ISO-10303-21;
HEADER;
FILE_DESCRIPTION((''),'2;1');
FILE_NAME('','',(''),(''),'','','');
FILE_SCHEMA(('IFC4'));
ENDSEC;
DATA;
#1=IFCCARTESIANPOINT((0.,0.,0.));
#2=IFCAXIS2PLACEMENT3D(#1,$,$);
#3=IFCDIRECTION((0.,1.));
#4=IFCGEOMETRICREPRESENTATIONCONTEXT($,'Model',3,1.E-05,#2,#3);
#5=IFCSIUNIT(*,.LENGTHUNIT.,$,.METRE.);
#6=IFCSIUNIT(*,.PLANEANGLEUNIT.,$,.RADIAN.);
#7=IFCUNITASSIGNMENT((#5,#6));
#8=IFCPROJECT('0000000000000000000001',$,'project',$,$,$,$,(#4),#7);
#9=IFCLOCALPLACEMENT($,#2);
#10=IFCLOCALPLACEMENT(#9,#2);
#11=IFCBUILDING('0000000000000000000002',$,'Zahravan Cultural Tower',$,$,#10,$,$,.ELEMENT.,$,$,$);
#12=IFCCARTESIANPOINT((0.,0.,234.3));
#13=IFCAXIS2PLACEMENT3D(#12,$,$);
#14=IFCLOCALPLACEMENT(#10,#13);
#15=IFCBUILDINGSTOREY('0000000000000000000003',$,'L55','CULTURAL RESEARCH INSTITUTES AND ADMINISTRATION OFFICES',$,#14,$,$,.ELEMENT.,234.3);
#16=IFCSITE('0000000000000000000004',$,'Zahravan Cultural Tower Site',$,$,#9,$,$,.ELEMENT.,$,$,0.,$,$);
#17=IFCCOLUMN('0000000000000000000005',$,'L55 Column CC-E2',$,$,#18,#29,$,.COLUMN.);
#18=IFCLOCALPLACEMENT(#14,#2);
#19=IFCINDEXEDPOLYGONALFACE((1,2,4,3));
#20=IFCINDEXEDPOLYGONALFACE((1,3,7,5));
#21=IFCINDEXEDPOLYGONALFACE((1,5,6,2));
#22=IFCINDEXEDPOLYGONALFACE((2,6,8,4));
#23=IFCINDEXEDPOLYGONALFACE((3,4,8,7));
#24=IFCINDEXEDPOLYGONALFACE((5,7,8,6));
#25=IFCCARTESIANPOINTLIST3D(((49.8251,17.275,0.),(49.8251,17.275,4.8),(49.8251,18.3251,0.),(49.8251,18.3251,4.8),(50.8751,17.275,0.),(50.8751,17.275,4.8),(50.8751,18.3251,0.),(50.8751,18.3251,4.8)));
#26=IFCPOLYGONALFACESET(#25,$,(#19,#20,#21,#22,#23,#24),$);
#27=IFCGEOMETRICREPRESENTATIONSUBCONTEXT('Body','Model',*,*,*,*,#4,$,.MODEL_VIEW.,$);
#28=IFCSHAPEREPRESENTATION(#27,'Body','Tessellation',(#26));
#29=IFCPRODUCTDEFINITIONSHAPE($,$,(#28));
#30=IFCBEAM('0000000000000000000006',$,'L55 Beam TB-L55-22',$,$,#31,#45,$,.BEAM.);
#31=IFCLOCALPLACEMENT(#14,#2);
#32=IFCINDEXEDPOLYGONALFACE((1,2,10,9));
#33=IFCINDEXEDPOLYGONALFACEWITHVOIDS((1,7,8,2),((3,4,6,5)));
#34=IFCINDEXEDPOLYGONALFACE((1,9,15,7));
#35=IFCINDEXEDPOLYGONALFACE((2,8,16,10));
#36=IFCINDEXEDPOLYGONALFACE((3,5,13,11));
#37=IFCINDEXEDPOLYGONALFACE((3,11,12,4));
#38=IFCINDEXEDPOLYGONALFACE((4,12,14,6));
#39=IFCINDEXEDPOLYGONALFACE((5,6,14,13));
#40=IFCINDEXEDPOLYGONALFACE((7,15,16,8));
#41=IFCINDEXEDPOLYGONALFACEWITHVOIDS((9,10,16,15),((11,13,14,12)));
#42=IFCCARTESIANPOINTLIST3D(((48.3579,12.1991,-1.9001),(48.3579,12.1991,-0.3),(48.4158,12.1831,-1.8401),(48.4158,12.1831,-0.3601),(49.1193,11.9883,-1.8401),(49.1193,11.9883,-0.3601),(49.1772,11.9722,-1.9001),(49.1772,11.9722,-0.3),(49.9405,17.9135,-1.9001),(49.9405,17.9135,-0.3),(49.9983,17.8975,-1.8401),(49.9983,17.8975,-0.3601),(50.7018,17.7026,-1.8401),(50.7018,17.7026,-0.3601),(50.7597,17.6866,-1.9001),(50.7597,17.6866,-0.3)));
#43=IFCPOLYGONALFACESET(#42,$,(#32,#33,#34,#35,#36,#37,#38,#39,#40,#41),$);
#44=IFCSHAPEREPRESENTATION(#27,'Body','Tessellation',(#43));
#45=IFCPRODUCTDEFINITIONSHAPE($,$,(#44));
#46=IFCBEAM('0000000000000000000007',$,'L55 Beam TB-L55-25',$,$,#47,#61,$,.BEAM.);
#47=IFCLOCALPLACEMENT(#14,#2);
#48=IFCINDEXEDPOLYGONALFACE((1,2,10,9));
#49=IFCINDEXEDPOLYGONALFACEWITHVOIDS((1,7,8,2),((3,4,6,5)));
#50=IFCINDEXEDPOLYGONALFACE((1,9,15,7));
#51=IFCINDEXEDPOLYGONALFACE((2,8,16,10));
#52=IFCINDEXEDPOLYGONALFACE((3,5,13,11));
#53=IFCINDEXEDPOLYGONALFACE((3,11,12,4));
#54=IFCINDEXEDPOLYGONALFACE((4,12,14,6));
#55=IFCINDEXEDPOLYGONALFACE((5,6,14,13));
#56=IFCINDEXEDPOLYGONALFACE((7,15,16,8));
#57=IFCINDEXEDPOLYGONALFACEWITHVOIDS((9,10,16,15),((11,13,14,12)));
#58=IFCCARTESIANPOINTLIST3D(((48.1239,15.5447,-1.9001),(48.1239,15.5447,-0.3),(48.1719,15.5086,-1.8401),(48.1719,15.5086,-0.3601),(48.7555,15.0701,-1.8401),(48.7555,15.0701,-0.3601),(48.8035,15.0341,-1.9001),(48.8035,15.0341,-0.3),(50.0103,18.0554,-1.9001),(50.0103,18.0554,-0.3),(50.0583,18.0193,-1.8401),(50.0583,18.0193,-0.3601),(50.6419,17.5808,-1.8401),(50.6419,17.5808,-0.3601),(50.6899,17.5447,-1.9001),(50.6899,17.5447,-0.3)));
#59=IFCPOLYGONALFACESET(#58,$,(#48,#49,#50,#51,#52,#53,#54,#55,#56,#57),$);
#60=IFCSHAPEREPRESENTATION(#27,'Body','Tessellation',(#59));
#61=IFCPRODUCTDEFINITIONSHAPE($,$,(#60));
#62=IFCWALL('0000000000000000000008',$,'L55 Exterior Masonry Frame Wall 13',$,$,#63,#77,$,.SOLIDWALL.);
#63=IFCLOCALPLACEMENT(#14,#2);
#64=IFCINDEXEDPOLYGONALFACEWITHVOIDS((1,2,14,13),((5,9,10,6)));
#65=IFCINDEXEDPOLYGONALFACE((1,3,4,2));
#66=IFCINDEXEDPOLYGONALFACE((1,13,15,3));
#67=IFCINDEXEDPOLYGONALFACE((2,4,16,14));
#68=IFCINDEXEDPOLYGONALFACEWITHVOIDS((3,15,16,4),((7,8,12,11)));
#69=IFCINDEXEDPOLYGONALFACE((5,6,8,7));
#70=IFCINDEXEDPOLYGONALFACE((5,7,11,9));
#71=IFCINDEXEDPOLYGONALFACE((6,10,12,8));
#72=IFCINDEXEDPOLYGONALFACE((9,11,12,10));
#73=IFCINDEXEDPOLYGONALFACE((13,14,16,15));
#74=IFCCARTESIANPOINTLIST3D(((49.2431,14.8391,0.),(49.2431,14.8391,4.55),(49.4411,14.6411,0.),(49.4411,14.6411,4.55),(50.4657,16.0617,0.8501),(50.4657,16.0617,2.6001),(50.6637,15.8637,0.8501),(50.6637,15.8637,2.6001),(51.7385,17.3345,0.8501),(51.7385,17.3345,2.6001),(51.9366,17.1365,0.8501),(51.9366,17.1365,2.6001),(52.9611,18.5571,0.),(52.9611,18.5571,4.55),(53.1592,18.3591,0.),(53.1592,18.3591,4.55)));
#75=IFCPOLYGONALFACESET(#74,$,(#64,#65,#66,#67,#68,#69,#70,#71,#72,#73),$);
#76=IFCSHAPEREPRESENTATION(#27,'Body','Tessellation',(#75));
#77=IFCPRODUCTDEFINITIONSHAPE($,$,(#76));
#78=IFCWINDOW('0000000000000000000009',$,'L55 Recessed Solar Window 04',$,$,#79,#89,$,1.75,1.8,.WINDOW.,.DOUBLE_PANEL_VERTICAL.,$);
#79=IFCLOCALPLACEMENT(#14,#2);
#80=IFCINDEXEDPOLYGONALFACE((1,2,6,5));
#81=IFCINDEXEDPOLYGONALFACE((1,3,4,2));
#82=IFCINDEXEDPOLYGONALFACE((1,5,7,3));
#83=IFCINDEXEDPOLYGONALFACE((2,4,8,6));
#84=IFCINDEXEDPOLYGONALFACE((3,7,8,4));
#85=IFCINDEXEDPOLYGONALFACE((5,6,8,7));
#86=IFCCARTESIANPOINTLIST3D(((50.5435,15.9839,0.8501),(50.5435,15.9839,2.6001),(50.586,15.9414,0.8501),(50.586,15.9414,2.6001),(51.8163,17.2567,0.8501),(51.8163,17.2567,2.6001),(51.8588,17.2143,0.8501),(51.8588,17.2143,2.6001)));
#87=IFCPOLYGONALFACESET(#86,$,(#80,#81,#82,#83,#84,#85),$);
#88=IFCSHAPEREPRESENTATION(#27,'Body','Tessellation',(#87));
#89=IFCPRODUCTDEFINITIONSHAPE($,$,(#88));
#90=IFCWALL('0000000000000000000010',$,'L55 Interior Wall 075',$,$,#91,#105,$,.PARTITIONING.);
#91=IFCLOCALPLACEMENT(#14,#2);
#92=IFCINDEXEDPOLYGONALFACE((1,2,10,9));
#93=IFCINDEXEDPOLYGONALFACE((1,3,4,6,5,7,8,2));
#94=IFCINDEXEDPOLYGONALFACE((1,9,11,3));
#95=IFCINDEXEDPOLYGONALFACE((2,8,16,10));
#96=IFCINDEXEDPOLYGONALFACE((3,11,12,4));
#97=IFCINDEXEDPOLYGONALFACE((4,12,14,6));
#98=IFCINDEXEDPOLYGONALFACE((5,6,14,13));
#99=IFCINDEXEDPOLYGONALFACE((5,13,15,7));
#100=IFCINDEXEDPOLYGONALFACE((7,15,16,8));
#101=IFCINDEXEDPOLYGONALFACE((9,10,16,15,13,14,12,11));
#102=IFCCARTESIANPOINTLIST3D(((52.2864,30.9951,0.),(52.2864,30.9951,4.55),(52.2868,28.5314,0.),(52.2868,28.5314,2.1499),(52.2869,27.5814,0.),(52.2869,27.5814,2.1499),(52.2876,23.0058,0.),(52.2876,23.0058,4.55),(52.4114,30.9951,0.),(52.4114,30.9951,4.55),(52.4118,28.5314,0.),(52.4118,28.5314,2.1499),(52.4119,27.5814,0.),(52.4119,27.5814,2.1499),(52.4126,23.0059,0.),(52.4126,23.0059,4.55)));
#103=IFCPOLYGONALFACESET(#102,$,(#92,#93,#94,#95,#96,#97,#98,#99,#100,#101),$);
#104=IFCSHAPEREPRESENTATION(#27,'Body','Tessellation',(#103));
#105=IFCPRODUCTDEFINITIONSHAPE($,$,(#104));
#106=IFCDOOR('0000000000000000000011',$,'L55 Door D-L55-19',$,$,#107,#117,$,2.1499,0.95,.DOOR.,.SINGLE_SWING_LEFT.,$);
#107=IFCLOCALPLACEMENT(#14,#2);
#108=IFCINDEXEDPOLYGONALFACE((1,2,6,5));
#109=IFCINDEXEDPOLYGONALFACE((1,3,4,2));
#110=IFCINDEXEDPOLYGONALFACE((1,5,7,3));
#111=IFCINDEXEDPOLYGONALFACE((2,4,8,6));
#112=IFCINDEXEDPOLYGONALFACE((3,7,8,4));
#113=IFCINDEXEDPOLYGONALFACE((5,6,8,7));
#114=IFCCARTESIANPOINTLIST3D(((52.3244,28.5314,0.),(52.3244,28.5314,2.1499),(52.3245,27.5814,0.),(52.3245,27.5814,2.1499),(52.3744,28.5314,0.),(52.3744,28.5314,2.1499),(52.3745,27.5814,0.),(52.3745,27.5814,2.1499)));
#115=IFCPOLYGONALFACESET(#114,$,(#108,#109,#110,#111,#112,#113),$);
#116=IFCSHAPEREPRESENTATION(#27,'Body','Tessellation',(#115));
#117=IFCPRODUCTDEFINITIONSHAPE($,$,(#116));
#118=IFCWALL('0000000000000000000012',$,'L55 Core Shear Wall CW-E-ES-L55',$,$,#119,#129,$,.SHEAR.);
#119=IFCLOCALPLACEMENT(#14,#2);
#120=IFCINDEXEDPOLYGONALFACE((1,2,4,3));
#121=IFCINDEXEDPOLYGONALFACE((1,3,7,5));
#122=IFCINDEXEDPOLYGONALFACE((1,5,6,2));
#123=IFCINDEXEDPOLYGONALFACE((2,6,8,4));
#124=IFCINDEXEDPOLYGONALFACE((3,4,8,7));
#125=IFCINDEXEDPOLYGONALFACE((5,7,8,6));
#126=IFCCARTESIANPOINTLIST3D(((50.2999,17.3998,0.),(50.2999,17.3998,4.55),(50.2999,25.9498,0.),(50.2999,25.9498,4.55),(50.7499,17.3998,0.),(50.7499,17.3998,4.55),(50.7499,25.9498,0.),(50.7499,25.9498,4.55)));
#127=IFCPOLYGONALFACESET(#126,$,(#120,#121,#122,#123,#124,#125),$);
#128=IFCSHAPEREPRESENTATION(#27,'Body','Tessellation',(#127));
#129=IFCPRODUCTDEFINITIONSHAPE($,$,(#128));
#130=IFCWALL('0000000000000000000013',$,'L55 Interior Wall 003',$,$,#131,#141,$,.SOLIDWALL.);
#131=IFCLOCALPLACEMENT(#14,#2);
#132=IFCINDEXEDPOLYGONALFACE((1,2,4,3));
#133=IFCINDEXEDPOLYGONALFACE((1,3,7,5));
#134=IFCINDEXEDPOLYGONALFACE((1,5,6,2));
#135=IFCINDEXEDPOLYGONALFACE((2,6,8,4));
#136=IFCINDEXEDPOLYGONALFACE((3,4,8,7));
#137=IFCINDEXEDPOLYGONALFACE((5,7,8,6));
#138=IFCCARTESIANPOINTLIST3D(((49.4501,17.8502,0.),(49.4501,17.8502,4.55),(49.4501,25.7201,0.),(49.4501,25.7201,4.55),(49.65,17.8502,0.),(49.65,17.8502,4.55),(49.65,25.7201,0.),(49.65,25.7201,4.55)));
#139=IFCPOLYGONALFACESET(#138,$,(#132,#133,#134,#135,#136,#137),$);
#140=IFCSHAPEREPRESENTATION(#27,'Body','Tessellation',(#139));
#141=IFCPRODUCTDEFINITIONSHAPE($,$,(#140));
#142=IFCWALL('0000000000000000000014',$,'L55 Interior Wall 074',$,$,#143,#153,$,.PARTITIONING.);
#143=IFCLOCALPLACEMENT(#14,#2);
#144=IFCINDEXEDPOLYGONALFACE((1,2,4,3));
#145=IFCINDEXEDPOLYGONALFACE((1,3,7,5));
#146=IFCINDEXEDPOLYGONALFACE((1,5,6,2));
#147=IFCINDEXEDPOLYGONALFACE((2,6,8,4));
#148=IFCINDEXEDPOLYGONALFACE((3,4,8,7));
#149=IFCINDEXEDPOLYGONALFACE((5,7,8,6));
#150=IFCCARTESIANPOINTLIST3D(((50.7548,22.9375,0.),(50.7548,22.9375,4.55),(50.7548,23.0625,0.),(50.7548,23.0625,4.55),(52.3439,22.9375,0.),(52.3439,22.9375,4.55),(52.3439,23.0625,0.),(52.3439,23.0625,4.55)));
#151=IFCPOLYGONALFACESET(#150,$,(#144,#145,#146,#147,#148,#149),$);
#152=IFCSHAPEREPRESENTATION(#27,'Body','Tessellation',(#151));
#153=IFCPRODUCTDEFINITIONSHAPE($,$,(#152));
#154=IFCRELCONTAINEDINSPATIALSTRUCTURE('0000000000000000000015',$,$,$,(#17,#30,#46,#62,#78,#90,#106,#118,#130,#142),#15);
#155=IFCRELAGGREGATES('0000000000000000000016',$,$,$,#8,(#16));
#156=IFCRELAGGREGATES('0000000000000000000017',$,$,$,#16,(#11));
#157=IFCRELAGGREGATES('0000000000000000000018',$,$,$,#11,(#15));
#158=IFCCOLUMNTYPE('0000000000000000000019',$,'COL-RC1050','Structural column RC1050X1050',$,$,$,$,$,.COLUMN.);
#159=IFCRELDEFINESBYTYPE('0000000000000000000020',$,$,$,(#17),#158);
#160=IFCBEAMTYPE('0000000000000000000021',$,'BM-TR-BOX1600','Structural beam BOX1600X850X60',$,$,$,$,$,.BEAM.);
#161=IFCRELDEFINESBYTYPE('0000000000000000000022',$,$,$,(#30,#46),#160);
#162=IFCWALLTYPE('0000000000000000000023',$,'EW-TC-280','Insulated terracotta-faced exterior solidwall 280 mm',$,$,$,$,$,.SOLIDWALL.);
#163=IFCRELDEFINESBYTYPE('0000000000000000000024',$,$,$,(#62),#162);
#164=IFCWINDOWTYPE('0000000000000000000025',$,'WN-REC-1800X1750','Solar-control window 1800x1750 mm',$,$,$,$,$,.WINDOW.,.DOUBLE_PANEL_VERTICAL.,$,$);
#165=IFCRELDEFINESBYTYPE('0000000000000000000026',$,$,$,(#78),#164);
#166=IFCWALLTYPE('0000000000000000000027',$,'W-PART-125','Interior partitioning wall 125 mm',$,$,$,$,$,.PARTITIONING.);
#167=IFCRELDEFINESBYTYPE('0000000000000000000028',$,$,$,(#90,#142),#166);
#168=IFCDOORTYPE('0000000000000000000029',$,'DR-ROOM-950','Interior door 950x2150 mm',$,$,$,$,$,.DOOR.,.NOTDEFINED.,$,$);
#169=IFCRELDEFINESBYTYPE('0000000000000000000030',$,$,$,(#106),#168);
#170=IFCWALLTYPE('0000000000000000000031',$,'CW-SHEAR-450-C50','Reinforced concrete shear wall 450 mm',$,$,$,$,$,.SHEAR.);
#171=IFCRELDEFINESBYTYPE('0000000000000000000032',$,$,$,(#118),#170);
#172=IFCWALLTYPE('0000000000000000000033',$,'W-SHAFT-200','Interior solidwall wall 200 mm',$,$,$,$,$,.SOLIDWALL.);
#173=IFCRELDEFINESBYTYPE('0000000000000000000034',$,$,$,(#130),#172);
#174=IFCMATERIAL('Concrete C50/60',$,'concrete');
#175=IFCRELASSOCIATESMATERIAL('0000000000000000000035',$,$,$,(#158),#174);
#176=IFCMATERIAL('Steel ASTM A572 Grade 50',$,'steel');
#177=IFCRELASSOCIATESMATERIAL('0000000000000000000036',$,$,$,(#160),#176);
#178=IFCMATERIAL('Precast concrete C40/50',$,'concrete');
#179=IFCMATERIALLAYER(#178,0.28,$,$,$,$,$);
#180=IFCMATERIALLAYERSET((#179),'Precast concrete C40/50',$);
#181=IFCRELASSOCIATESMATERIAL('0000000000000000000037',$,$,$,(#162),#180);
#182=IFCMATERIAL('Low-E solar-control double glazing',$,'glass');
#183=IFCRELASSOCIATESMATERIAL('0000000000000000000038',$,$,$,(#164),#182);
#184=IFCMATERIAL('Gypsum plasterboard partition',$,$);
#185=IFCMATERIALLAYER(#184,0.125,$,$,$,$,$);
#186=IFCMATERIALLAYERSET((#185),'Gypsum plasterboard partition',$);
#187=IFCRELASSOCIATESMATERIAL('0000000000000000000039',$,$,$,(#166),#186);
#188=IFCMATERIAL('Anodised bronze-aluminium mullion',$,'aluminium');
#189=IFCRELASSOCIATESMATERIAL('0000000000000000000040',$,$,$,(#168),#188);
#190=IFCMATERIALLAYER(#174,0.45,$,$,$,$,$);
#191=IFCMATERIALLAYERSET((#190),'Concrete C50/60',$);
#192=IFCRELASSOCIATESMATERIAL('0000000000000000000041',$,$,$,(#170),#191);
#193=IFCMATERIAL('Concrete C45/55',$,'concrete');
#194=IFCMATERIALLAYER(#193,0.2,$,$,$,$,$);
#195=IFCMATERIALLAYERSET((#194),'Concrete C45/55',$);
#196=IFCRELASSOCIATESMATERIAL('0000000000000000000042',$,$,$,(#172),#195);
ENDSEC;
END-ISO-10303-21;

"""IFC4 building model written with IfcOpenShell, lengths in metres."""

from ifc_helpers import new_model, si_unit, direction, frame, frame_2d, origin, origin_2d, place, context, subcontext, project, spatial, rectangle, hollow_rectangle, extrude, source, transform, mapped, material, layer, layer_set, material_profile, profile_set, type_object, element, fill, save


model = new_model("IFC4")

# Units and contexts
model_context = context("Model", 3, precision=1e-05, world=origin(), true_north=direction((0.0, 1.0)))
body_context = subcontext(model_context, "Body", "Model", "MODEL_VIEW")
ifc_project = project(units=[si_unit("LENGTHUNIT", "METRE"), si_unit("PLANEANGLEUNIT", "RADIAN")], contexts=[model_context])

# Site, building, storey
site_placement = place(None, origin())
site = spatial("IfcSite", under=ifc_project, at=site_placement, Name="Zahravan Cultural Tower Site", CompositionType="ELEMENT", RefElevation=0.0)
building_placement = place(site_placement, origin())
building = spatial("IfcBuilding", under=site, at=building_placement, Name="Zahravan Cultural Tower", CompositionType="ELEMENT")
storey_placement = place(building_placement, frame((0.0, 0.0, 234.3)))
storey = spatial("IfcBuildingStorey", under=building, at=storey_placement, Name="L55", Description="CULTURAL RESEARCH INSTITUTES AND ADMINISTRATION OFFICES", CompositionType="ELEMENT", Elevation=234.3)

# Column
ifc_material_1 = material(Name="Concrete C50/60", Category="concrete")
ifc_material_profile_1 = material_profile(ifc_material_1, rectangle(XDim=1.05, YDim=1.05, at=origin_2d()), Name="RC1050X1050")
ifc_profile_set_1 = profile_set([ifc_material_profile_1], Name="Concrete C50/60")
column_type = type_object("IfcColumnType", Name="COL-RC1050", Description="Structural column RC1050X1050", PredefinedType="COLUMN", material=ifc_profile_set_1)
shared_shape_1 = source(origin(), body_context, "Body", "SweptSolid", [
    extrude(rectangle(XDim=1.05, YDim=1.05, at=origin_2d()), origin(), (0.0, 0.0, 1.0), 4.8),
])
column_placement = place(storey_placement, frame((50.3501, 17.8, 0.0), z_axis=(0.0, 0.0, 1.0), x_axis=(1.0, 0.0, 0.0)))
element("IfcColumn", 1, at=column_placement, inside=storey, type_object=column_type, Name="L55 Column CC-E2", PredefinedType="COLUMN", context=body_context, shape_type="MappedRepresentation", body=[
    mapped(shared_shape_1, transform((0.0, 0.0, 0.0), x_axis=(1.0, 0.0, 0.0), y_axis=(0.0, 1.0, 0.0), z_axis=(0.0, 0.0, 1.0), scale=1.0)),
])

# Beams
ifc_material_2 = material(Name="Steel ASTM A572 Grade 50", Category="steel")
ifc_material_profile_2 = material_profile(ifc_material_2, hollow_rectangle(XDim=0.8501, YDim=1.6001, WallThickness=0.0601, at=origin_2d()), Name="BOX1600X850X60")
ifc_profile_set_2 = profile_set([ifc_material_profile_2], Name="Steel ASTM A572 Grade 50")
beam_type = type_object("IfcBeamType", Name="BM-TR-BOX1600", Description="Structural beam BOX1600X850X60", PredefinedType="BEAM", material=ifc_profile_set_2)
shared_shape_2 = source(origin(), body_context, "Body", "SweptSolid", [
    extrude(hollow_rectangle(XDim=0.8501, YDim=1.6001, WallThickness=0.0601, at=origin_2d()), origin(), (0.0, 0.0, 1.0), 5.9294),
])
beam_1_placement = place(storey_placement, frame((50.3501, 17.8, -1.1001), z_axis=(-0.266892, -0.963726, 0.0), x_axis=(0.963726, -0.266892, 0.0)))
element("IfcBeam", 2, at=beam_1_placement, inside=storey, type_object=beam_type, Name="L55 Beam TB-L55-22", PredefinedType="BEAM", context=body_context, shape_type="MappedRepresentation", body=[
    mapped(shared_shape_2, transform((0.0, 0.0, 0.0), x_axis=(1.0, 0.0, 0.0), y_axis=(0.0, 1.0, 0.0), z_axis=(0.0, 0.0, 1.0), scale=1.0)),
])
shared_shape_3 = source(origin(), body_context, "Body", "SweptSolid", [
    extrude(hollow_rectangle(XDim=0.8501, YDim=1.6001, WallThickness=0.0601, at=origin_2d()), origin(), (0.0, 0.0, 1.0), 3.1404),
])
beam_2_placement = place(storey_placement, frame((50.3501, 17.8, -1.1001), z_axis=(-0.600696, -0.799477, 0.0), x_axis=(0.799477, -0.600696, 0.0)))
element("IfcBeam", 3, at=beam_2_placement, inside=storey, type_object=beam_type, Name="L55 Beam TB-L55-25", PredefinedType="BEAM", context=body_context, shape_type="MappedRepresentation", body=[
    mapped(shared_shape_3, transform((0.0, 0.0, 0.0), x_axis=(1.0, 0.0, 0.0), y_axis=(0.0, 1.0, 0.0), z_axis=(0.0, 0.0, 1.0), scale=1.0)),
])

# Wall, opening, window
ifc_material_3 = material(Name="Precast concrete C40/50", Category="concrete")
ifc_layer_1 = layer(ifc_material_3, 0.28)
ifc_layer_set_1 = layer_set([ifc_layer_1], Name="Precast concrete C40/50")
wall_type_1 = type_object("IfcWallType", Name="EW-TC-280", Description="Insulated terracotta-faced exterior solidwall 280 mm", PredefinedType="SOLIDWALL", material=ifc_layer_set_1)
wall_1_placement = place(storey_placement, frame((53.0601, 18.458, 0.0), z_axis=(0.0, 0.0, 1.0), x_axis=(-0.707107, -0.707107, 0.0)))
wall_1 = element("IfcWall", 4, at=wall_1_placement, inside=storey, type_object=wall_type_1, Name="L55 Exterior Masonry Frame Wall 13", PredefinedType="SOLIDWALL", context=body_context, shape_type="SweptSolid", body=[
    extrude(rectangle(XDim=5.2581, YDim=0.28, at=frame_2d((2.6289, 0.0))), origin(), (0.0, 0.0, 1.0), 4.55),
])
opening_1_placement = place(wall_1_placement, frame((1.729, 0.0, 0.8501)))
opening_1 = element("IfcOpeningElement", 5, at=opening_1_placement, cuts=wall_1, PredefinedType="OPENING", context=body_context, shape_type="SweptSolid", body=[
    extrude(rectangle(XDim=1.8, YDim=1.75, at=frame_2d((0.8999, 0.875))), frame((0.0, 0.1499, 0.0), z_axis=(0.0, -1.0, 0.0), x_axis=(1.0, 0.0, 0.0)), (0.0, 0.0, 1.0), 0.3),
])
ifc_material_4 = material(Name="Low-E solar-control double glazing", Category="glass")
window_type = type_object("IfcWindowType", Name="WN-REC-1800X1750", Description="Solar-control window 1800x1750 mm", PartitioningType="DOUBLE_PANEL_VERTICAL", PredefinedType="WINDOW", material=ifc_material_4)
shared_shape_4 = source(origin(), body_context, "Body", "SweptSolid", [
    extrude(rectangle(XDim=1.8, YDim=1.75, at=frame_2d((0.8999, 0.875))), frame((0.0, 0.03, 0.0), z_axis=(0.0, -1.0, 0.0), x_axis=(1.0, 0.0, 0.0)), (0.0, 0.0, 1.0), 0.0601),
])
window_placement = place(opening_1_placement, origin())
window = element("IfcWindow", 6, at=window_placement, inside=storey, type_object=window_type, Name="L55 Recessed Solar Window 04", OverallHeight=1.75, OverallWidth=1.8, PartitioningType="DOUBLE_PANEL_VERTICAL", PredefinedType="WINDOW", context=body_context, shape_type="MappedRepresentation", body=[
    mapped(shared_shape_4, transform((0.0, 0.0, 0.0), x_axis=(1.0, 0.0, 0.0), y_axis=(0.0, 1.0, 0.0), z_axis=(0.0, 0.0, 1.0), scale=1.0)),
])
fill(opening_1, window)

# Wall, opening, door
ifc_material_5 = material(Name="Gypsum plasterboard partition")
ifc_layer_2 = layer(ifc_material_5, 0.125)
ifc_layer_set_2 = layer_set([ifc_layer_2], Name="Gypsum plasterboard partition")
wall_type_2 = type_object("IfcWallType", Name="W-PART-125", Description="Interior partitioning wall 125 mm", PredefinedType="PARTITIONING", material=ifc_layer_set_2)
wall_2_placement = place(storey_placement, frame((52.3501, 23.0059, 0.0), z_axis=(0.0, 0.0, 1.0), x_axis=(-0.000153, 1.0, 0.0)))
wall_2 = element("IfcWall", 7, at=wall_2_placement, inside=storey, type_object=wall_type_2, Name="L55 Interior Wall 075", PredefinedType="PARTITIONING", context=body_context, shape_type="SweptSolid", body=[
    extrude(rectangle(XDim=7.9893, YDim=0.125, at=frame_2d((3.9946, 0.0))), origin(), (0.0, 0.0, 1.0), 4.55),
])
opening_2_placement = place(wall_2_placement, frame((4.5754, 0.0, 0.0)))
opening_2 = element("IfcOpeningElement", 8, at=opening_2_placement, cuts=wall_2, PredefinedType="OPENING", context=body_context, shape_type="SweptSolid", body=[
    extrude(rectangle(XDim=0.95, YDim=2.1499, at=frame_2d((0.4751, 1.075))), frame((0.0, 0.0725, 0.0), z_axis=(0.0, -1.0, 0.0), x_axis=(1.0, 0.0, 0.0)), (0.0, 0.0, 1.0), 0.145),
])
ifc_material_6 = material(Name="Anodised bronze-aluminium mullion", Category="aluminium")
door_type = type_object("IfcDoorType", Name="DR-ROOM-950", Description="Interior door 950x2150 mm", OperationType="NOTDEFINED", PredefinedType="DOOR", material=ifc_material_6)
shared_shape_5 = source(origin(), body_context, "Body", "SweptSolid", [
    extrude(rectangle(XDim=0.95, YDim=2.1499, at=frame_2d((0.4751, 1.075))), frame((0.0, 0.0249, 0.0), z_axis=(0.0, -1.0, 0.0), x_axis=(1.0, 0.0, 0.0)), (0.0, 0.0, 1.0), 0.05),
])
door_placement = place(opening_2_placement, origin())
door = element("IfcDoor", 9, at=door_placement, inside=storey, type_object=door_type, Name="L55 Door D-L55-19", OperationType="SINGLE_SWING_LEFT", OverallHeight=2.1499, OverallWidth=0.95, PredefinedType="DOOR", context=body_context, shape_type="MappedRepresentation", body=[
    mapped(shared_shape_5, transform((0.0, 0.0, 0.0), x_axis=(1.0, 0.0, 0.0), y_axis=(0.0, 1.0, 0.0), z_axis=(0.0, 0.0, 1.0), scale=1.0)),
])
fill(opening_2, door)

# Walls
ifc_layer_3 = layer(ifc_material_1, 0.45)
ifc_layer_set_3 = layer_set([ifc_layer_3], Name="Concrete C50/60")
wall_type_3 = type_object("IfcWallType", Name="CW-SHEAR-450-C50", Description="Reinforced concrete shear wall 450 mm", PredefinedType="SHEAR", material=ifc_layer_set_3)
shared_shape_6 = source(origin(), body_context, "Body", "SweptSolid", [
    extrude(rectangle(XDim=8.55, YDim=0.45, at=frame_2d((4.2749, 0.0))), origin(), (0.0, 0.0, 1.0), 4.55),
])
wall_3_placement = place(storey_placement, frame((50.5249, 17.3999, 0.0), z_axis=(0.0, 0.0, 1.0), x_axis=(0.0, 1.0, 0.0)))
element("IfcWall", 10, at=wall_3_placement, inside=storey, type_object=wall_type_3, Name="L55 Core Shear Wall CW-E-ES-L55", PredefinedType="SHEAR", context=body_context, shape_type="MappedRepresentation", body=[
    mapped(shared_shape_6, transform((0.0, 0.0, 0.0), x_axis=(1.0, 0.0, 0.0), y_axis=(0.0, 1.0, 0.0), z_axis=(0.0, 0.0, 1.0), scale=1.0)),
])
ifc_material_7 = material(Name="Concrete C45/55", Category="concrete")
ifc_layer_4 = layer(ifc_material_7, 0.2)
ifc_layer_set_4 = layer_set([ifc_layer_4], Name="Concrete C45/55")
wall_type_4 = type_object("IfcWallType", Name="W-SHAFT-200", Description="Interior solidwall wall 200 mm", PredefinedType="SOLIDWALL", material=ifc_layer_set_4)
shared_shape_7 = source(origin(), body_context, "Body", "SweptSolid", [
    extrude(rectangle(XDim=7.8699, YDim=0.2, at=frame_2d((3.9351, 0.0))), origin(), (0.0, 0.0, 1.0), 4.55),
])
wall_4_placement = place(storey_placement, frame((49.55, 17.8501, 0.0), z_axis=(0.0, 0.0, 1.0), x_axis=(0.0, 1.0, 0.0)))
element("IfcWall", 11, at=wall_4_placement, inside=storey, type_object=wall_type_4, Name="L55 Interior Wall 003", PredefinedType="SOLIDWALL", context=body_context, shape_type="MappedRepresentation", body=[
    mapped(shared_shape_7, transform((0.0, 0.0, 0.0), x_axis=(1.0, 0.0, 0.0), y_axis=(0.0, 1.0, 0.0), z_axis=(0.0, 0.0, 1.0), scale=1.0)),
])
shared_shape_8 = source(origin(), body_context, "Body", "SweptSolid", [
    extrude(rectangle(XDim=1.5891, YDim=0.125, at=frame_2d((0.7944, 0.0))), origin(), (0.0, 0.0, 1.0), 4.55),
])
wall_5_placement = place(storey_placement, frame((50.7549, 23.0, 0.0), z_axis=(0.0, 0.0, 1.0), x_axis=(1.0, 0.0, 0.0)))
element("IfcWall", 12, at=wall_5_placement, inside=storey, type_object=wall_type_2, Name="L55 Interior Wall 074", PredefinedType="PARTITIONING", context=body_context, shape_type="MappedRepresentation", body=[
    mapped(shared_shape_8, transform((0.0, 0.0, 0.0), x_axis=(1.0, 0.0, 0.0), y_axis=(0.0, 1.0, 0.0), z_axis=(0.0, 0.0, 1.0), scale=1.0)),
])

save(model, "model.ifc")
